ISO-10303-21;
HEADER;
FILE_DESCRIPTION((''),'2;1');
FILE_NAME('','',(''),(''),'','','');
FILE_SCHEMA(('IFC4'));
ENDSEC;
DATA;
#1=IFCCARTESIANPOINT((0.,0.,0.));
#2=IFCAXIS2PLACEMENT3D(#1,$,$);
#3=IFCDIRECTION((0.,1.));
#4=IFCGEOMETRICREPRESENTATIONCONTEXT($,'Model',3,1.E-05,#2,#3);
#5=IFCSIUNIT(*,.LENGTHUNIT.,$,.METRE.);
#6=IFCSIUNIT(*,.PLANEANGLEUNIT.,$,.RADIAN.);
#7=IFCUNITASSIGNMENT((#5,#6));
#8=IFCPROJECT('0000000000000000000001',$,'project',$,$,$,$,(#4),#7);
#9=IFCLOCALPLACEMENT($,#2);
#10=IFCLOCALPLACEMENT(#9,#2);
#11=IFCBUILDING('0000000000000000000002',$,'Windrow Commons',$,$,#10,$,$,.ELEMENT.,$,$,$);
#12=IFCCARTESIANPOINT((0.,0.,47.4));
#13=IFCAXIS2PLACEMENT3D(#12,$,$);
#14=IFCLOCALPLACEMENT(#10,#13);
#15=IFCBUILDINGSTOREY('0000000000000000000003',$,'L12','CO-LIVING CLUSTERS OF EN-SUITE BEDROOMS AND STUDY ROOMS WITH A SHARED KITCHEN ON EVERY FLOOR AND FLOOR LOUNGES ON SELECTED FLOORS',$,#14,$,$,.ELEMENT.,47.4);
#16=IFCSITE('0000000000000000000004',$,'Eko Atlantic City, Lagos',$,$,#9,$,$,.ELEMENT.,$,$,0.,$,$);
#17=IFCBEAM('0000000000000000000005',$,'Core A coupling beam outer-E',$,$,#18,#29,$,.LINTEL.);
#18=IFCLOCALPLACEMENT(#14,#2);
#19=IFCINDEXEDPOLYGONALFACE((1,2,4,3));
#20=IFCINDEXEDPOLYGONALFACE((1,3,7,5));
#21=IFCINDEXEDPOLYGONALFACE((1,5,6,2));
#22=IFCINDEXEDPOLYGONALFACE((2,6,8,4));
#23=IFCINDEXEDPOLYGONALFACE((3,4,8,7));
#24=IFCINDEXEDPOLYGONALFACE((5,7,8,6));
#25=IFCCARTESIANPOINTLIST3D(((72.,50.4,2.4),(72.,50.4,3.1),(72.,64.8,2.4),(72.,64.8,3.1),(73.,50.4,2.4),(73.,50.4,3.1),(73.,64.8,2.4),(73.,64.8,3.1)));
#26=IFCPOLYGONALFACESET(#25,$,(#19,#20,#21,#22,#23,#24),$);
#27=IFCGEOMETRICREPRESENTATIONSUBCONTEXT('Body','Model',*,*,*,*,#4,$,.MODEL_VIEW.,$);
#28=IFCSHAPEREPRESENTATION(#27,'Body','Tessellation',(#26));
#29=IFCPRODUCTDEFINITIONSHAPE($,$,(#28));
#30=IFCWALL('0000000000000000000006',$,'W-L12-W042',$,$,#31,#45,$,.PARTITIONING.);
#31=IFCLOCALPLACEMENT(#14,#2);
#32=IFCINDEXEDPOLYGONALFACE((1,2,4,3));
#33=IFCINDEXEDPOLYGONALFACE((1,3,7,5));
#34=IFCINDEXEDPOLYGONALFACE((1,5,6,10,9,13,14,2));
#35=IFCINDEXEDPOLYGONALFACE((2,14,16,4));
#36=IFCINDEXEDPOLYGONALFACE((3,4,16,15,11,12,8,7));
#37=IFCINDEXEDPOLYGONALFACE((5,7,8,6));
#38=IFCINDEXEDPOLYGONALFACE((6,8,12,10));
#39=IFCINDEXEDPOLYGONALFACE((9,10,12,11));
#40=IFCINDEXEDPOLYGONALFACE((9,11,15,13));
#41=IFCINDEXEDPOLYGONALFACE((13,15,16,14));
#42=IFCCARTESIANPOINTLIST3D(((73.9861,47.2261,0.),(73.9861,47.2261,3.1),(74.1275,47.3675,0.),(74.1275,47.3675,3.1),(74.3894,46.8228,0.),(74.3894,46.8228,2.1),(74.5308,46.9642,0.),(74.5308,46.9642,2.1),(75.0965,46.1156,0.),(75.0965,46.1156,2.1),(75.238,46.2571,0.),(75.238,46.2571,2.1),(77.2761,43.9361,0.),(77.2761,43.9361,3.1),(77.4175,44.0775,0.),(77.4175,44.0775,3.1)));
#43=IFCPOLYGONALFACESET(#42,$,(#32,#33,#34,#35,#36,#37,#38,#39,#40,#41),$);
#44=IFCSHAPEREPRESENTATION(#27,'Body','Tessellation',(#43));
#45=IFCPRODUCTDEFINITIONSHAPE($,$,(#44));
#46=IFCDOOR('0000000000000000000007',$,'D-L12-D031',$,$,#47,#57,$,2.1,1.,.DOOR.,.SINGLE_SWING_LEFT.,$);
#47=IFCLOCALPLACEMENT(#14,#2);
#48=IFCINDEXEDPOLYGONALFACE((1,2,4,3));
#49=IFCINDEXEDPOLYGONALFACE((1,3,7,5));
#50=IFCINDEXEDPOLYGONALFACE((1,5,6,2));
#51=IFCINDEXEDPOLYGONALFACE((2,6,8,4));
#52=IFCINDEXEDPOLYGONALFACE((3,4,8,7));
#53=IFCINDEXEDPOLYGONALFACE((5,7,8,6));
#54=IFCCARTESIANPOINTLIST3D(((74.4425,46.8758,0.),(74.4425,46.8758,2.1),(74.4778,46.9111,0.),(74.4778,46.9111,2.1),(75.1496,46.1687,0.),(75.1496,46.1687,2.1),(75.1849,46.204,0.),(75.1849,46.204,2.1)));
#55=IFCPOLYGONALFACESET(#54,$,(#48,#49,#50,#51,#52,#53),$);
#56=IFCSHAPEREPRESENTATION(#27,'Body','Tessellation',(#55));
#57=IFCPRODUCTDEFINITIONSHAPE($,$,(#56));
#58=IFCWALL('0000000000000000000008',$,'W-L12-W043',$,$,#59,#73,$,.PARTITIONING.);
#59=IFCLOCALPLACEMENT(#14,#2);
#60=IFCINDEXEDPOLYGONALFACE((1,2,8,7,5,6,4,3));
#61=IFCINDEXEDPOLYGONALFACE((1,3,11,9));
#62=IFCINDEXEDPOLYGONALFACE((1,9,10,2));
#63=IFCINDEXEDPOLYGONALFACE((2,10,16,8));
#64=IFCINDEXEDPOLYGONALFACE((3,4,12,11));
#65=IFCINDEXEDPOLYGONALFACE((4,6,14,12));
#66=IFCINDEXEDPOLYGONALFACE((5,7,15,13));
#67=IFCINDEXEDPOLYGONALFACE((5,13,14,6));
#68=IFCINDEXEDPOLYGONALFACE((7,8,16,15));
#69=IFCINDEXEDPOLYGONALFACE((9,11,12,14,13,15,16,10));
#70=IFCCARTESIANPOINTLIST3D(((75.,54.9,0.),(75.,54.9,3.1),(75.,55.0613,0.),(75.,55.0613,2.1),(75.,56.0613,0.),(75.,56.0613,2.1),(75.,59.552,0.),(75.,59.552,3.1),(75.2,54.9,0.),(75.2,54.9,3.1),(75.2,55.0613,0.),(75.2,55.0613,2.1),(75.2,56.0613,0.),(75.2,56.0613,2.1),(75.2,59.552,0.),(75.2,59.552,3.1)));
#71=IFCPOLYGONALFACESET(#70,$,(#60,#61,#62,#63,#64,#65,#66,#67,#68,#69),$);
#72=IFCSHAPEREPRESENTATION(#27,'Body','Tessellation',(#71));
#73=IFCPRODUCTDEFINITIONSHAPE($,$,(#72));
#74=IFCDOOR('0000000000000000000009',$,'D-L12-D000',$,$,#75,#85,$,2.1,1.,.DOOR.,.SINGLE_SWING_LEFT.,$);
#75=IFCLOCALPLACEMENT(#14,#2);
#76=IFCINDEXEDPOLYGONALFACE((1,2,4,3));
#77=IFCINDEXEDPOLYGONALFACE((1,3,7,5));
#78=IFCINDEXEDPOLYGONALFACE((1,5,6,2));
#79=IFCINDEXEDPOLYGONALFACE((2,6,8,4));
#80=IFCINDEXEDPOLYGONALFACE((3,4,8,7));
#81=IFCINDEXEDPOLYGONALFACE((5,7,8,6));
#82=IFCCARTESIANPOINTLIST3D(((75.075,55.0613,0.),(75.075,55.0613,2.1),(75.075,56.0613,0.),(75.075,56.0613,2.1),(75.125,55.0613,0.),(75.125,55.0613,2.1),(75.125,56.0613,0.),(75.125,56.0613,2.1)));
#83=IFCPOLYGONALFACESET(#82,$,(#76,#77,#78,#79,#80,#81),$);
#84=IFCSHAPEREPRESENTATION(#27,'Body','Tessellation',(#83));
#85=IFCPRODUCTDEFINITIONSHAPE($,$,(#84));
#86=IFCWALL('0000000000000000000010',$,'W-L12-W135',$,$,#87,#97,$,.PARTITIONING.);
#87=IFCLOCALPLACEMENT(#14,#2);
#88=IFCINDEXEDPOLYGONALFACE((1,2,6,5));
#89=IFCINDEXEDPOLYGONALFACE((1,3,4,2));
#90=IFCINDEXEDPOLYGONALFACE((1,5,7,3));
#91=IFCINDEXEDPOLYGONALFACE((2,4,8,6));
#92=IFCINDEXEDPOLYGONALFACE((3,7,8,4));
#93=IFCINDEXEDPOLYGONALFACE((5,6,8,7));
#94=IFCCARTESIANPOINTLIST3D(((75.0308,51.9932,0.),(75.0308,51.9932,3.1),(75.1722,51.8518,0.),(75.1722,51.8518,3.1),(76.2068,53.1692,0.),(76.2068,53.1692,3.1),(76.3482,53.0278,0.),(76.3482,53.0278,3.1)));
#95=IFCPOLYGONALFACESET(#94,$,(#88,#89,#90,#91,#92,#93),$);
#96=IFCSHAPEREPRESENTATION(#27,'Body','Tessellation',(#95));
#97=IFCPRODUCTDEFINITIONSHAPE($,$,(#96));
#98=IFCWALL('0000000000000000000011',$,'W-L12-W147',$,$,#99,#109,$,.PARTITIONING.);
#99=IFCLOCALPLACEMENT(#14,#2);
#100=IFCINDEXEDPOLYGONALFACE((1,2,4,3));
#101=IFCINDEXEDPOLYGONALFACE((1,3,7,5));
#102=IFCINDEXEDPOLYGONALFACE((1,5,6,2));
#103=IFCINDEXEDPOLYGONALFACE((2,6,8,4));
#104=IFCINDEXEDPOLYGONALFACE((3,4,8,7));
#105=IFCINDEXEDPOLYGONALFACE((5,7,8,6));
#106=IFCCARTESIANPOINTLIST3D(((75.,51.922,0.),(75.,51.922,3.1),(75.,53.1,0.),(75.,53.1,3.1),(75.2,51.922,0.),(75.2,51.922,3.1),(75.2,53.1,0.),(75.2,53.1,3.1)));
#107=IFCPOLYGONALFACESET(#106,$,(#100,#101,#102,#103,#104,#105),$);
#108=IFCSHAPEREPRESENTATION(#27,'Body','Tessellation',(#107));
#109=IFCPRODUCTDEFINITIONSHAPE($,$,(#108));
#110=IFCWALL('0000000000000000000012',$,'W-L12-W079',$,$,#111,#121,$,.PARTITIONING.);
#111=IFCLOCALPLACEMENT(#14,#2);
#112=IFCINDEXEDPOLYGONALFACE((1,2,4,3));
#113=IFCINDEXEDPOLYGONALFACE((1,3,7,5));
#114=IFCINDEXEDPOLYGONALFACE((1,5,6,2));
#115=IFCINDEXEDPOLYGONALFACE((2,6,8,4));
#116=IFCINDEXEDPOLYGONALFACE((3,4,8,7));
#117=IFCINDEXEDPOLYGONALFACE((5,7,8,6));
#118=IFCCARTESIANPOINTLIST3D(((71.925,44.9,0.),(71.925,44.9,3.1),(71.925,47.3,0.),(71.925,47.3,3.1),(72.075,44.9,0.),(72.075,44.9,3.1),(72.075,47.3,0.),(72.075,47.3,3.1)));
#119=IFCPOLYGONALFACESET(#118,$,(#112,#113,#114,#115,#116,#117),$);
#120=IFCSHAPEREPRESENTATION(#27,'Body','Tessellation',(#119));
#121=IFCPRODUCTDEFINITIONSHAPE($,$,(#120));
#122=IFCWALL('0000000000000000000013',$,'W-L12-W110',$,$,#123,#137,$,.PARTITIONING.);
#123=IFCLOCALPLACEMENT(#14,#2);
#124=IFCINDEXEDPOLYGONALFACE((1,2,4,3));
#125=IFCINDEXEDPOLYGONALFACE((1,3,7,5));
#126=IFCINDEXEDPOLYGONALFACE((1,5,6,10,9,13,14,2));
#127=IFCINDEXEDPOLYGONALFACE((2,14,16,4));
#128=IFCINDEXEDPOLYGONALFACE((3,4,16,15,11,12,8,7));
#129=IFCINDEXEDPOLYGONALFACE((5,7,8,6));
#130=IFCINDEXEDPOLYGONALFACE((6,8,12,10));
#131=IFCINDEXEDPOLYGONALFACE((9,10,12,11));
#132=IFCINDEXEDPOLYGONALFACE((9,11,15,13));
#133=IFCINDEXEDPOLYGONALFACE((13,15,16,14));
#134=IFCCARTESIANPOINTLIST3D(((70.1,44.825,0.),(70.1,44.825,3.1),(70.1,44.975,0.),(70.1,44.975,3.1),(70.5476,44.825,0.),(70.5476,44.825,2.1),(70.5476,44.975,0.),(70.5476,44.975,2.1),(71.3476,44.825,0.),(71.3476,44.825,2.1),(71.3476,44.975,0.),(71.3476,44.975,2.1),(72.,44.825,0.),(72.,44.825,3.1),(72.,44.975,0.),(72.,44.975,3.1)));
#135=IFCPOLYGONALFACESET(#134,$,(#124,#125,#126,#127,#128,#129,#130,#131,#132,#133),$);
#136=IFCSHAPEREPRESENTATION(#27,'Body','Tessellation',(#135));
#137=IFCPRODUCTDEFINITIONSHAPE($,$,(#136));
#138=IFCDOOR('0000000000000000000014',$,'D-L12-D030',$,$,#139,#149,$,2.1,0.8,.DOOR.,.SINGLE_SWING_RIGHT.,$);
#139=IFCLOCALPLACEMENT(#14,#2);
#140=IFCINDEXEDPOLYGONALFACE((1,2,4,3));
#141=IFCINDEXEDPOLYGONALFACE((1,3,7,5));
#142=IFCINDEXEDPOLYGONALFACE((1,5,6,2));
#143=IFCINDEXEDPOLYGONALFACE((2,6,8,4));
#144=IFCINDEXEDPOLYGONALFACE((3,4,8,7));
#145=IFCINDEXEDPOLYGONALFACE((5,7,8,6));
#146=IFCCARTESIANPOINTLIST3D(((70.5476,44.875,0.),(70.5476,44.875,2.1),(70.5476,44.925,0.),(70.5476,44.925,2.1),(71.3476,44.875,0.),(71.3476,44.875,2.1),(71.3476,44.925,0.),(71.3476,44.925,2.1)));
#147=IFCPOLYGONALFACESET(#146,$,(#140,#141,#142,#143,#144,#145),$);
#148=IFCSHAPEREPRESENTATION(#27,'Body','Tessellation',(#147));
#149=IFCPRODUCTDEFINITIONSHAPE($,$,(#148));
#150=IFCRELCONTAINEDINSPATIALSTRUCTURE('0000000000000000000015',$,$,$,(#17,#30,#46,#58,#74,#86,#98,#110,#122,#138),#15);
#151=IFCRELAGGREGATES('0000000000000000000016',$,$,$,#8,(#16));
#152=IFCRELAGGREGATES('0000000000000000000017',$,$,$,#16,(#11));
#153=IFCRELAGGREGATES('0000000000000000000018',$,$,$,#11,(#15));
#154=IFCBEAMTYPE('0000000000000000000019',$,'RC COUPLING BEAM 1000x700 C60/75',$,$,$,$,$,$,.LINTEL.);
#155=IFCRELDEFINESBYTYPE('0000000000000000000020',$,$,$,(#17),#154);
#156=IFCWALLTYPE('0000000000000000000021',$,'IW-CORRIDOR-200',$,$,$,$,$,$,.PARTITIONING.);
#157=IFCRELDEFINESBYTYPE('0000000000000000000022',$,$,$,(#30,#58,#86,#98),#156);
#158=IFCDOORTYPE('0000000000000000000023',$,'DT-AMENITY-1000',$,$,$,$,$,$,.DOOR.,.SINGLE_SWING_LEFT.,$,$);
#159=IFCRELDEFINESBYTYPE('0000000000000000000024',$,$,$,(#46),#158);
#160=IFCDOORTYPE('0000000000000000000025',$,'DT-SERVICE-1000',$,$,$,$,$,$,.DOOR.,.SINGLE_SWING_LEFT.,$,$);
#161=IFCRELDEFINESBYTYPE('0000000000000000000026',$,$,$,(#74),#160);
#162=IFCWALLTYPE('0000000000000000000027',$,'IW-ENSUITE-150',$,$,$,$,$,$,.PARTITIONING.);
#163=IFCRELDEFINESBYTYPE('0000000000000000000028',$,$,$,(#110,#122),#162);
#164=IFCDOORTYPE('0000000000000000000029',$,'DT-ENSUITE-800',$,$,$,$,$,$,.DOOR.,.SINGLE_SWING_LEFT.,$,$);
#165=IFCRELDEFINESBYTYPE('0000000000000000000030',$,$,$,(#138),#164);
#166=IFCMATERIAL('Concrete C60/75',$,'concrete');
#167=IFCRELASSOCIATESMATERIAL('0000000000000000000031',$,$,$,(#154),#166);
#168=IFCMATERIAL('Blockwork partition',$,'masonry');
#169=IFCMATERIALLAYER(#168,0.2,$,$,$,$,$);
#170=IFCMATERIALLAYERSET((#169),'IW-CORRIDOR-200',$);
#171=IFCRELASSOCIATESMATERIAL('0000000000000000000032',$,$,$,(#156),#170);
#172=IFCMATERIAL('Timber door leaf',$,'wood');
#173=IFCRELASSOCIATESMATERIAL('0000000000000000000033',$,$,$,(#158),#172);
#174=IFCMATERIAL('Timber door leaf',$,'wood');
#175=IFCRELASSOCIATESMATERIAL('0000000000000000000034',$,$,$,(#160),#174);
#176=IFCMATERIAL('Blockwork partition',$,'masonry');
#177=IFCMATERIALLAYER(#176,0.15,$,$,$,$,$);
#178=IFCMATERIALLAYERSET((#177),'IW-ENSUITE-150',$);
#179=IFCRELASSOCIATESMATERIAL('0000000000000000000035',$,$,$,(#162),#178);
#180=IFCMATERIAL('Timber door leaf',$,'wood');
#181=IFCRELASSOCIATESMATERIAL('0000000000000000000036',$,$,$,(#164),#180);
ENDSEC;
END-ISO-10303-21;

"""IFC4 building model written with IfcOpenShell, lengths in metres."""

from ifc_helpers import new_model, si_unit, direction, frame, frame_2d, origin, origin_2d, place, context, subcontext, project, spatial, rectangle, extrude, material, layer, layer_set, material_profile, profile_set, type_object, element, fill, save


model = new_model("IFC4")

# Units and contexts
model_context = context("Model", 3, precision=1e-05, world=origin(), true_north=direction((0.0, 1.0)))
body_context = subcontext(model_context, "Body", "Model", "MODEL_VIEW")
ifc_project = project(units=[si_unit("LENGTHUNIT", "METRE"), si_unit("PLANEANGLEUNIT", "RADIAN")], contexts=[model_context])

# Site, building, storey
site_placement = place(None, origin())
site = spatial("IfcSite", under=ifc_project, at=site_placement, Name="Eko Atlantic City, Lagos", CompositionType="ELEMENT", RefElevation=0.0)
building_placement = place(site_placement, origin())
building = spatial("IfcBuilding", under=site, at=building_placement, Name="Windrow Commons", CompositionType="ELEMENT")
storey_placement = place(building_placement, frame((0.0, 0.0, 47.4)))
storey = spatial("IfcBuildingStorey", under=building, at=storey_placement, Name="L12", Description="CO-LIVING CLUSTERS OF EN-SUITE BEDROOMS AND STUDY ROOMS WITH A SHARED KITCHEN ON EVERY FLOOR AND FLOOR LOUNGES ON SELECTED FLOORS", CompositionType="ELEMENT", Elevation=47.4)

# Beam
ifc_material_1 = material(Name="Concrete C60/75", Category="concrete")
ifc_material_profile = material_profile(ifc_material_1, rectangle(XDim=1.0, YDim=0.7, at=origin_2d()))
ifc_profile_set = profile_set([ifc_material_profile], Name="Concrete C60/75")
beam_type = type_object("IfcBeamType", Name="RC COUPLING BEAM 1000x700 C60/75", PredefinedType="LINTEL", material=ifc_profile_set)
beam_placement = place(storey_placement, frame((72.5, 50.4, 2.75), z_axis=(0.0, 1.0, 0.0), x_axis=(-1.0, 0.0, 0.0)))
element("IfcBeam", 1, at=beam_placement, inside=storey, type_object=beam_type, Name="Core A coupling beam outer-E", PredefinedType="LINTEL", context=body_context, shape_type="SweptSolid", body=[
    extrude(rectangle(XDim=1.0, YDim=0.7, at=origin_2d()), origin(), (0.0, 0.0, 1.0), 14.4),
])

# Walls, openings, doors
ifc_material_2 = material(Name="Blockwork partition", Category="masonry")
ifc_layer_1 = layer(ifc_material_2, 0.2)
ifc_layer_set_1 = layer_set([ifc_layer_1], Name="IW-CORRIDOR-200")
wall_type_1 = type_object("IfcWallType", Name="IW-CORRIDOR-200", PredefinedType="PARTITIONING", material=ifc_layer_set_1)
wall_1_placement = place(storey_placement, frame((74.0568, 47.2968, 0.0), z_axis=(0.0, 0.0, 1.0), x_axis=(0.707107, -0.707107, 0.0)))
wall_1 = element("IfcWall", 2, at=wall_1_placement, inside=storey, type_object=wall_type_1, Name="W-L12-W042", PredefinedType="PARTITIONING", context=body_context, shape_type="SweptSolid", body=[
    extrude(rectangle(XDim=4.6528, YDim=0.2, at=frame_2d((2.3264, 0.0))), origin(), (0.0, 0.0, 1.0), 3.1),
])
opening_1_placement = place(wall_1_placement, frame((0.5704, 0.0, 0.0)))
opening_1 = element("IfcOpeningElement", 3, at=opening_1_placement, cuts=wall_1, PredefinedType="OPENING", context=body_context, shape_type="SweptSolid", body=[
    extrude(rectangle(XDim=1.0, YDim=2.1, at=frame_2d((0.5, 1.05))), frame((0.0, 0.11, 0.0), z_axis=(0.0, -1.0, 0.0), x_axis=(1.0, 0.0, 0.0)), (0.0, 0.0, 1.0), 0.22),
])
ifc_material_3 = material(Name="Timber door leaf", Category="wood")
door_type_1 = type_object("IfcDoorType", Name="DT-AMENITY-1000", OperationType="SINGLE_SWING_LEFT", PredefinedType="DOOR", material=ifc_material_3)
door_1_placement = place(opening_1_placement, origin())
door_1 = element("IfcDoor", 4, at=door_1_placement, inside=storey, type_object=door_type_1, Name="D-L12-D031", OperationType="SINGLE_SWING_LEFT", OverallHeight=2.1, OverallWidth=1.0, PredefinedType="DOOR", context=body_context, shape_type="SweptSolid", body=[
    extrude(rectangle(XDim=1.0, YDim=2.1, at=frame_2d((0.5, 1.05))), frame((0.0, 0.025, 0.0), z_axis=(0.0, -1.0, 0.0), x_axis=(1.0, 0.0, 0.0)), (0.0, 0.0, 1.0), 0.05),
])
fill(opening_1, door_1)
wall_2_placement = place(storey_placement, frame((75.1, 54.9, 0.0), z_axis=(0.0, 0.0, 1.0), x_axis=(0.0, 1.0, 0.0)))
wall_2 = element("IfcWall", 5, at=wall_2_placement, inside=storey, type_object=wall_type_1, Name="W-L12-W043", PredefinedType="PARTITIONING", context=body_context, shape_type="SweptSolid", body=[
    extrude(rectangle(XDim=4.652, YDim=0.2, at=frame_2d((2.326, 0.0))), origin(), (0.0, 0.0, 1.0), 3.1),
])
opening_2_placement = place(wall_2_placement, frame((0.1613, 0.0, 0.0)))
opening_2 = element("IfcOpeningElement", 6, at=opening_2_placement, cuts=wall_2, PredefinedType="OPENING", context=body_context, shape_type="SweptSolid", body=[
    extrude(rectangle(XDim=1.0, YDim=2.1, at=frame_2d((0.5, 1.05))), frame((0.0, 0.11, 0.0), z_axis=(0.0, -1.0, 0.0), x_axis=(1.0, 0.0, 0.0)), (0.0, 0.0, 1.0), 0.22),
])
ifc_material_4 = material(Name="Timber door leaf", Category="wood")
door_type_2 = type_object("IfcDoorType", Name="DT-SERVICE-1000", OperationType="SINGLE_SWING_LEFT", PredefinedType="DOOR", material=ifc_material_4)
door_2_placement = place(opening_2_placement, origin())
door_2 = element("IfcDoor", 7, at=door_2_placement, inside=storey, type_object=door_type_2, Name="D-L12-D000", OperationType="SINGLE_SWING_LEFT", OverallHeight=2.1, OverallWidth=1.0, PredefinedType="DOOR", context=body_context, shape_type="SweptSolid", body=[
    extrude(rectangle(XDim=1.0, YDim=2.1, at=frame_2d((0.5, 1.05))), frame((0.0, 0.025, 0.0), z_axis=(0.0, -1.0, 0.0), x_axis=(1.0, 0.0, 0.0)), (0.0, 0.0, 1.0), 0.05),
])
fill(opening_2, door_2)

# Walls
wall_3_placement = place(storey_placement, frame((75.1015, 51.9225, 0.0), z_axis=(0.0, 0.0, 1.0), x_axis=(0.707107, 0.707107, 0.0)))
element("IfcWall", 8, at=wall_3_placement, inside=storey, type_object=wall_type_1, Name="W-L12-W135", PredefinedType="PARTITIONING", context=body_context, shape_type="SweptSolid", body=[
    extrude(rectangle(XDim=1.6631, YDim=0.2, at=frame_2d((0.8316, 0.0))), origin(), (0.0, 0.0, 1.0), 3.1),
])
wall_4_placement = place(storey_placement, frame((75.1, 51.922, 0.0), z_axis=(0.0, 0.0, 1.0), x_axis=(0.0, 1.0, 0.0)))
element("IfcWall", 9, at=wall_4_placement, inside=storey, type_object=wall_type_1, Name="W-L12-W147", PredefinedType="PARTITIONING", context=body_context, shape_type="SweptSolid", body=[
    extrude(rectangle(XDim=1.178, YDim=0.2, at=frame_2d((0.589, 0.0))), origin(), (0.0, 0.0, 1.0), 3.1),
])
ifc_material_5 = material(Name="Blockwork partition", Category="masonry")
ifc_layer_2 = layer(ifc_material_5, 0.15)
ifc_layer_set_2 = layer_set([ifc_layer_2], Name="IW-ENSUITE-150")
wall_type_2 = type_object("IfcWallType", Name="IW-ENSUITE-150", PredefinedType="PARTITIONING", material=ifc_layer_set_2)
wall_5_placement = place(storey_placement, frame((72.0, 44.9, 0.0), z_axis=(0.0, 0.0, 1.0), x_axis=(0.0, 1.0, 0.0)))
element("IfcWall", 10, at=wall_5_placement, inside=storey, type_object=wall_type_2, Name="W-L12-W079", PredefinedType="PARTITIONING", context=body_context, shape_type="SweptSolid", body=[
    extrude(rectangle(XDim=2.4, YDim=0.15, at=frame_2d((1.2, 0.0))), origin(), (0.0, 0.0, 1.0), 3.1),
])

# Wall, opening, door
wall_6_placement = place(storey_placement, frame((70.1, 44.9, 0.0), z_axis=(0.0, 0.0, 1.0), x_axis=(1.0, 0.0, 0.0)))
wall_6 = element("IfcWall", 11, at=wall_6_placement, inside=storey, type_object=wall_type_2, Name="W-L12-W110", PredefinedType="PARTITIONING", context=body_context, shape_type="SweptSolid", body=[
    extrude(rectangle(XDim=1.9, YDim=0.15, at=frame_2d((0.95, 0.0))), origin(), (0.0, 0.0, 1.0), 3.1),
])
opening_3_placement = place(wall_6_placement, frame((0.4476, 0.0, 0.0)))
opening_3 = element("IfcOpeningElement", 12, at=opening_3_placement, cuts=wall_6, PredefinedType="OPENING", context=body_context, shape_type="SweptSolid", body=[
    extrude(rectangle(XDim=0.8, YDim=2.1, at=frame_2d((0.4, 1.05))), frame((0.0, 0.085, 0.0), z_axis=(0.0, -1.0, 0.0), x_axis=(1.0, 0.0, 0.0)), (0.0, 0.0, 1.0), 0.17),
])
ifc_material_6 = material(Name="Timber door leaf", Category="wood")
door_type_3 = type_object("IfcDoorType", Name="DT-ENSUITE-800", OperationType="SINGLE_SWING_LEFT", PredefinedType="DOOR", material=ifc_material_6)
door_3_placement = place(opening_3_placement, origin())
door_3 = element("IfcDoor", 13, at=door_3_placement, inside=storey, type_object=door_type_3, Name="D-L12-D030", OperationType="SINGLE_SWING_RIGHT", OverallHeight=2.1, OverallWidth=0.8, PredefinedType="DOOR", context=body_context, shape_type="SweptSolid", body=[
    extrude(rectangle(XDim=0.8, YDim=2.1, at=frame_2d((0.4, 1.05))), frame((0.0, 0.025, 0.0), z_axis=(0.0, -1.0, 0.0), x_axis=(1.0, 0.0, 0.0)), (0.0, 0.0, 1.0), 0.05),
])
fill(opening_3, door_3)

save(model, "model.ifc")
